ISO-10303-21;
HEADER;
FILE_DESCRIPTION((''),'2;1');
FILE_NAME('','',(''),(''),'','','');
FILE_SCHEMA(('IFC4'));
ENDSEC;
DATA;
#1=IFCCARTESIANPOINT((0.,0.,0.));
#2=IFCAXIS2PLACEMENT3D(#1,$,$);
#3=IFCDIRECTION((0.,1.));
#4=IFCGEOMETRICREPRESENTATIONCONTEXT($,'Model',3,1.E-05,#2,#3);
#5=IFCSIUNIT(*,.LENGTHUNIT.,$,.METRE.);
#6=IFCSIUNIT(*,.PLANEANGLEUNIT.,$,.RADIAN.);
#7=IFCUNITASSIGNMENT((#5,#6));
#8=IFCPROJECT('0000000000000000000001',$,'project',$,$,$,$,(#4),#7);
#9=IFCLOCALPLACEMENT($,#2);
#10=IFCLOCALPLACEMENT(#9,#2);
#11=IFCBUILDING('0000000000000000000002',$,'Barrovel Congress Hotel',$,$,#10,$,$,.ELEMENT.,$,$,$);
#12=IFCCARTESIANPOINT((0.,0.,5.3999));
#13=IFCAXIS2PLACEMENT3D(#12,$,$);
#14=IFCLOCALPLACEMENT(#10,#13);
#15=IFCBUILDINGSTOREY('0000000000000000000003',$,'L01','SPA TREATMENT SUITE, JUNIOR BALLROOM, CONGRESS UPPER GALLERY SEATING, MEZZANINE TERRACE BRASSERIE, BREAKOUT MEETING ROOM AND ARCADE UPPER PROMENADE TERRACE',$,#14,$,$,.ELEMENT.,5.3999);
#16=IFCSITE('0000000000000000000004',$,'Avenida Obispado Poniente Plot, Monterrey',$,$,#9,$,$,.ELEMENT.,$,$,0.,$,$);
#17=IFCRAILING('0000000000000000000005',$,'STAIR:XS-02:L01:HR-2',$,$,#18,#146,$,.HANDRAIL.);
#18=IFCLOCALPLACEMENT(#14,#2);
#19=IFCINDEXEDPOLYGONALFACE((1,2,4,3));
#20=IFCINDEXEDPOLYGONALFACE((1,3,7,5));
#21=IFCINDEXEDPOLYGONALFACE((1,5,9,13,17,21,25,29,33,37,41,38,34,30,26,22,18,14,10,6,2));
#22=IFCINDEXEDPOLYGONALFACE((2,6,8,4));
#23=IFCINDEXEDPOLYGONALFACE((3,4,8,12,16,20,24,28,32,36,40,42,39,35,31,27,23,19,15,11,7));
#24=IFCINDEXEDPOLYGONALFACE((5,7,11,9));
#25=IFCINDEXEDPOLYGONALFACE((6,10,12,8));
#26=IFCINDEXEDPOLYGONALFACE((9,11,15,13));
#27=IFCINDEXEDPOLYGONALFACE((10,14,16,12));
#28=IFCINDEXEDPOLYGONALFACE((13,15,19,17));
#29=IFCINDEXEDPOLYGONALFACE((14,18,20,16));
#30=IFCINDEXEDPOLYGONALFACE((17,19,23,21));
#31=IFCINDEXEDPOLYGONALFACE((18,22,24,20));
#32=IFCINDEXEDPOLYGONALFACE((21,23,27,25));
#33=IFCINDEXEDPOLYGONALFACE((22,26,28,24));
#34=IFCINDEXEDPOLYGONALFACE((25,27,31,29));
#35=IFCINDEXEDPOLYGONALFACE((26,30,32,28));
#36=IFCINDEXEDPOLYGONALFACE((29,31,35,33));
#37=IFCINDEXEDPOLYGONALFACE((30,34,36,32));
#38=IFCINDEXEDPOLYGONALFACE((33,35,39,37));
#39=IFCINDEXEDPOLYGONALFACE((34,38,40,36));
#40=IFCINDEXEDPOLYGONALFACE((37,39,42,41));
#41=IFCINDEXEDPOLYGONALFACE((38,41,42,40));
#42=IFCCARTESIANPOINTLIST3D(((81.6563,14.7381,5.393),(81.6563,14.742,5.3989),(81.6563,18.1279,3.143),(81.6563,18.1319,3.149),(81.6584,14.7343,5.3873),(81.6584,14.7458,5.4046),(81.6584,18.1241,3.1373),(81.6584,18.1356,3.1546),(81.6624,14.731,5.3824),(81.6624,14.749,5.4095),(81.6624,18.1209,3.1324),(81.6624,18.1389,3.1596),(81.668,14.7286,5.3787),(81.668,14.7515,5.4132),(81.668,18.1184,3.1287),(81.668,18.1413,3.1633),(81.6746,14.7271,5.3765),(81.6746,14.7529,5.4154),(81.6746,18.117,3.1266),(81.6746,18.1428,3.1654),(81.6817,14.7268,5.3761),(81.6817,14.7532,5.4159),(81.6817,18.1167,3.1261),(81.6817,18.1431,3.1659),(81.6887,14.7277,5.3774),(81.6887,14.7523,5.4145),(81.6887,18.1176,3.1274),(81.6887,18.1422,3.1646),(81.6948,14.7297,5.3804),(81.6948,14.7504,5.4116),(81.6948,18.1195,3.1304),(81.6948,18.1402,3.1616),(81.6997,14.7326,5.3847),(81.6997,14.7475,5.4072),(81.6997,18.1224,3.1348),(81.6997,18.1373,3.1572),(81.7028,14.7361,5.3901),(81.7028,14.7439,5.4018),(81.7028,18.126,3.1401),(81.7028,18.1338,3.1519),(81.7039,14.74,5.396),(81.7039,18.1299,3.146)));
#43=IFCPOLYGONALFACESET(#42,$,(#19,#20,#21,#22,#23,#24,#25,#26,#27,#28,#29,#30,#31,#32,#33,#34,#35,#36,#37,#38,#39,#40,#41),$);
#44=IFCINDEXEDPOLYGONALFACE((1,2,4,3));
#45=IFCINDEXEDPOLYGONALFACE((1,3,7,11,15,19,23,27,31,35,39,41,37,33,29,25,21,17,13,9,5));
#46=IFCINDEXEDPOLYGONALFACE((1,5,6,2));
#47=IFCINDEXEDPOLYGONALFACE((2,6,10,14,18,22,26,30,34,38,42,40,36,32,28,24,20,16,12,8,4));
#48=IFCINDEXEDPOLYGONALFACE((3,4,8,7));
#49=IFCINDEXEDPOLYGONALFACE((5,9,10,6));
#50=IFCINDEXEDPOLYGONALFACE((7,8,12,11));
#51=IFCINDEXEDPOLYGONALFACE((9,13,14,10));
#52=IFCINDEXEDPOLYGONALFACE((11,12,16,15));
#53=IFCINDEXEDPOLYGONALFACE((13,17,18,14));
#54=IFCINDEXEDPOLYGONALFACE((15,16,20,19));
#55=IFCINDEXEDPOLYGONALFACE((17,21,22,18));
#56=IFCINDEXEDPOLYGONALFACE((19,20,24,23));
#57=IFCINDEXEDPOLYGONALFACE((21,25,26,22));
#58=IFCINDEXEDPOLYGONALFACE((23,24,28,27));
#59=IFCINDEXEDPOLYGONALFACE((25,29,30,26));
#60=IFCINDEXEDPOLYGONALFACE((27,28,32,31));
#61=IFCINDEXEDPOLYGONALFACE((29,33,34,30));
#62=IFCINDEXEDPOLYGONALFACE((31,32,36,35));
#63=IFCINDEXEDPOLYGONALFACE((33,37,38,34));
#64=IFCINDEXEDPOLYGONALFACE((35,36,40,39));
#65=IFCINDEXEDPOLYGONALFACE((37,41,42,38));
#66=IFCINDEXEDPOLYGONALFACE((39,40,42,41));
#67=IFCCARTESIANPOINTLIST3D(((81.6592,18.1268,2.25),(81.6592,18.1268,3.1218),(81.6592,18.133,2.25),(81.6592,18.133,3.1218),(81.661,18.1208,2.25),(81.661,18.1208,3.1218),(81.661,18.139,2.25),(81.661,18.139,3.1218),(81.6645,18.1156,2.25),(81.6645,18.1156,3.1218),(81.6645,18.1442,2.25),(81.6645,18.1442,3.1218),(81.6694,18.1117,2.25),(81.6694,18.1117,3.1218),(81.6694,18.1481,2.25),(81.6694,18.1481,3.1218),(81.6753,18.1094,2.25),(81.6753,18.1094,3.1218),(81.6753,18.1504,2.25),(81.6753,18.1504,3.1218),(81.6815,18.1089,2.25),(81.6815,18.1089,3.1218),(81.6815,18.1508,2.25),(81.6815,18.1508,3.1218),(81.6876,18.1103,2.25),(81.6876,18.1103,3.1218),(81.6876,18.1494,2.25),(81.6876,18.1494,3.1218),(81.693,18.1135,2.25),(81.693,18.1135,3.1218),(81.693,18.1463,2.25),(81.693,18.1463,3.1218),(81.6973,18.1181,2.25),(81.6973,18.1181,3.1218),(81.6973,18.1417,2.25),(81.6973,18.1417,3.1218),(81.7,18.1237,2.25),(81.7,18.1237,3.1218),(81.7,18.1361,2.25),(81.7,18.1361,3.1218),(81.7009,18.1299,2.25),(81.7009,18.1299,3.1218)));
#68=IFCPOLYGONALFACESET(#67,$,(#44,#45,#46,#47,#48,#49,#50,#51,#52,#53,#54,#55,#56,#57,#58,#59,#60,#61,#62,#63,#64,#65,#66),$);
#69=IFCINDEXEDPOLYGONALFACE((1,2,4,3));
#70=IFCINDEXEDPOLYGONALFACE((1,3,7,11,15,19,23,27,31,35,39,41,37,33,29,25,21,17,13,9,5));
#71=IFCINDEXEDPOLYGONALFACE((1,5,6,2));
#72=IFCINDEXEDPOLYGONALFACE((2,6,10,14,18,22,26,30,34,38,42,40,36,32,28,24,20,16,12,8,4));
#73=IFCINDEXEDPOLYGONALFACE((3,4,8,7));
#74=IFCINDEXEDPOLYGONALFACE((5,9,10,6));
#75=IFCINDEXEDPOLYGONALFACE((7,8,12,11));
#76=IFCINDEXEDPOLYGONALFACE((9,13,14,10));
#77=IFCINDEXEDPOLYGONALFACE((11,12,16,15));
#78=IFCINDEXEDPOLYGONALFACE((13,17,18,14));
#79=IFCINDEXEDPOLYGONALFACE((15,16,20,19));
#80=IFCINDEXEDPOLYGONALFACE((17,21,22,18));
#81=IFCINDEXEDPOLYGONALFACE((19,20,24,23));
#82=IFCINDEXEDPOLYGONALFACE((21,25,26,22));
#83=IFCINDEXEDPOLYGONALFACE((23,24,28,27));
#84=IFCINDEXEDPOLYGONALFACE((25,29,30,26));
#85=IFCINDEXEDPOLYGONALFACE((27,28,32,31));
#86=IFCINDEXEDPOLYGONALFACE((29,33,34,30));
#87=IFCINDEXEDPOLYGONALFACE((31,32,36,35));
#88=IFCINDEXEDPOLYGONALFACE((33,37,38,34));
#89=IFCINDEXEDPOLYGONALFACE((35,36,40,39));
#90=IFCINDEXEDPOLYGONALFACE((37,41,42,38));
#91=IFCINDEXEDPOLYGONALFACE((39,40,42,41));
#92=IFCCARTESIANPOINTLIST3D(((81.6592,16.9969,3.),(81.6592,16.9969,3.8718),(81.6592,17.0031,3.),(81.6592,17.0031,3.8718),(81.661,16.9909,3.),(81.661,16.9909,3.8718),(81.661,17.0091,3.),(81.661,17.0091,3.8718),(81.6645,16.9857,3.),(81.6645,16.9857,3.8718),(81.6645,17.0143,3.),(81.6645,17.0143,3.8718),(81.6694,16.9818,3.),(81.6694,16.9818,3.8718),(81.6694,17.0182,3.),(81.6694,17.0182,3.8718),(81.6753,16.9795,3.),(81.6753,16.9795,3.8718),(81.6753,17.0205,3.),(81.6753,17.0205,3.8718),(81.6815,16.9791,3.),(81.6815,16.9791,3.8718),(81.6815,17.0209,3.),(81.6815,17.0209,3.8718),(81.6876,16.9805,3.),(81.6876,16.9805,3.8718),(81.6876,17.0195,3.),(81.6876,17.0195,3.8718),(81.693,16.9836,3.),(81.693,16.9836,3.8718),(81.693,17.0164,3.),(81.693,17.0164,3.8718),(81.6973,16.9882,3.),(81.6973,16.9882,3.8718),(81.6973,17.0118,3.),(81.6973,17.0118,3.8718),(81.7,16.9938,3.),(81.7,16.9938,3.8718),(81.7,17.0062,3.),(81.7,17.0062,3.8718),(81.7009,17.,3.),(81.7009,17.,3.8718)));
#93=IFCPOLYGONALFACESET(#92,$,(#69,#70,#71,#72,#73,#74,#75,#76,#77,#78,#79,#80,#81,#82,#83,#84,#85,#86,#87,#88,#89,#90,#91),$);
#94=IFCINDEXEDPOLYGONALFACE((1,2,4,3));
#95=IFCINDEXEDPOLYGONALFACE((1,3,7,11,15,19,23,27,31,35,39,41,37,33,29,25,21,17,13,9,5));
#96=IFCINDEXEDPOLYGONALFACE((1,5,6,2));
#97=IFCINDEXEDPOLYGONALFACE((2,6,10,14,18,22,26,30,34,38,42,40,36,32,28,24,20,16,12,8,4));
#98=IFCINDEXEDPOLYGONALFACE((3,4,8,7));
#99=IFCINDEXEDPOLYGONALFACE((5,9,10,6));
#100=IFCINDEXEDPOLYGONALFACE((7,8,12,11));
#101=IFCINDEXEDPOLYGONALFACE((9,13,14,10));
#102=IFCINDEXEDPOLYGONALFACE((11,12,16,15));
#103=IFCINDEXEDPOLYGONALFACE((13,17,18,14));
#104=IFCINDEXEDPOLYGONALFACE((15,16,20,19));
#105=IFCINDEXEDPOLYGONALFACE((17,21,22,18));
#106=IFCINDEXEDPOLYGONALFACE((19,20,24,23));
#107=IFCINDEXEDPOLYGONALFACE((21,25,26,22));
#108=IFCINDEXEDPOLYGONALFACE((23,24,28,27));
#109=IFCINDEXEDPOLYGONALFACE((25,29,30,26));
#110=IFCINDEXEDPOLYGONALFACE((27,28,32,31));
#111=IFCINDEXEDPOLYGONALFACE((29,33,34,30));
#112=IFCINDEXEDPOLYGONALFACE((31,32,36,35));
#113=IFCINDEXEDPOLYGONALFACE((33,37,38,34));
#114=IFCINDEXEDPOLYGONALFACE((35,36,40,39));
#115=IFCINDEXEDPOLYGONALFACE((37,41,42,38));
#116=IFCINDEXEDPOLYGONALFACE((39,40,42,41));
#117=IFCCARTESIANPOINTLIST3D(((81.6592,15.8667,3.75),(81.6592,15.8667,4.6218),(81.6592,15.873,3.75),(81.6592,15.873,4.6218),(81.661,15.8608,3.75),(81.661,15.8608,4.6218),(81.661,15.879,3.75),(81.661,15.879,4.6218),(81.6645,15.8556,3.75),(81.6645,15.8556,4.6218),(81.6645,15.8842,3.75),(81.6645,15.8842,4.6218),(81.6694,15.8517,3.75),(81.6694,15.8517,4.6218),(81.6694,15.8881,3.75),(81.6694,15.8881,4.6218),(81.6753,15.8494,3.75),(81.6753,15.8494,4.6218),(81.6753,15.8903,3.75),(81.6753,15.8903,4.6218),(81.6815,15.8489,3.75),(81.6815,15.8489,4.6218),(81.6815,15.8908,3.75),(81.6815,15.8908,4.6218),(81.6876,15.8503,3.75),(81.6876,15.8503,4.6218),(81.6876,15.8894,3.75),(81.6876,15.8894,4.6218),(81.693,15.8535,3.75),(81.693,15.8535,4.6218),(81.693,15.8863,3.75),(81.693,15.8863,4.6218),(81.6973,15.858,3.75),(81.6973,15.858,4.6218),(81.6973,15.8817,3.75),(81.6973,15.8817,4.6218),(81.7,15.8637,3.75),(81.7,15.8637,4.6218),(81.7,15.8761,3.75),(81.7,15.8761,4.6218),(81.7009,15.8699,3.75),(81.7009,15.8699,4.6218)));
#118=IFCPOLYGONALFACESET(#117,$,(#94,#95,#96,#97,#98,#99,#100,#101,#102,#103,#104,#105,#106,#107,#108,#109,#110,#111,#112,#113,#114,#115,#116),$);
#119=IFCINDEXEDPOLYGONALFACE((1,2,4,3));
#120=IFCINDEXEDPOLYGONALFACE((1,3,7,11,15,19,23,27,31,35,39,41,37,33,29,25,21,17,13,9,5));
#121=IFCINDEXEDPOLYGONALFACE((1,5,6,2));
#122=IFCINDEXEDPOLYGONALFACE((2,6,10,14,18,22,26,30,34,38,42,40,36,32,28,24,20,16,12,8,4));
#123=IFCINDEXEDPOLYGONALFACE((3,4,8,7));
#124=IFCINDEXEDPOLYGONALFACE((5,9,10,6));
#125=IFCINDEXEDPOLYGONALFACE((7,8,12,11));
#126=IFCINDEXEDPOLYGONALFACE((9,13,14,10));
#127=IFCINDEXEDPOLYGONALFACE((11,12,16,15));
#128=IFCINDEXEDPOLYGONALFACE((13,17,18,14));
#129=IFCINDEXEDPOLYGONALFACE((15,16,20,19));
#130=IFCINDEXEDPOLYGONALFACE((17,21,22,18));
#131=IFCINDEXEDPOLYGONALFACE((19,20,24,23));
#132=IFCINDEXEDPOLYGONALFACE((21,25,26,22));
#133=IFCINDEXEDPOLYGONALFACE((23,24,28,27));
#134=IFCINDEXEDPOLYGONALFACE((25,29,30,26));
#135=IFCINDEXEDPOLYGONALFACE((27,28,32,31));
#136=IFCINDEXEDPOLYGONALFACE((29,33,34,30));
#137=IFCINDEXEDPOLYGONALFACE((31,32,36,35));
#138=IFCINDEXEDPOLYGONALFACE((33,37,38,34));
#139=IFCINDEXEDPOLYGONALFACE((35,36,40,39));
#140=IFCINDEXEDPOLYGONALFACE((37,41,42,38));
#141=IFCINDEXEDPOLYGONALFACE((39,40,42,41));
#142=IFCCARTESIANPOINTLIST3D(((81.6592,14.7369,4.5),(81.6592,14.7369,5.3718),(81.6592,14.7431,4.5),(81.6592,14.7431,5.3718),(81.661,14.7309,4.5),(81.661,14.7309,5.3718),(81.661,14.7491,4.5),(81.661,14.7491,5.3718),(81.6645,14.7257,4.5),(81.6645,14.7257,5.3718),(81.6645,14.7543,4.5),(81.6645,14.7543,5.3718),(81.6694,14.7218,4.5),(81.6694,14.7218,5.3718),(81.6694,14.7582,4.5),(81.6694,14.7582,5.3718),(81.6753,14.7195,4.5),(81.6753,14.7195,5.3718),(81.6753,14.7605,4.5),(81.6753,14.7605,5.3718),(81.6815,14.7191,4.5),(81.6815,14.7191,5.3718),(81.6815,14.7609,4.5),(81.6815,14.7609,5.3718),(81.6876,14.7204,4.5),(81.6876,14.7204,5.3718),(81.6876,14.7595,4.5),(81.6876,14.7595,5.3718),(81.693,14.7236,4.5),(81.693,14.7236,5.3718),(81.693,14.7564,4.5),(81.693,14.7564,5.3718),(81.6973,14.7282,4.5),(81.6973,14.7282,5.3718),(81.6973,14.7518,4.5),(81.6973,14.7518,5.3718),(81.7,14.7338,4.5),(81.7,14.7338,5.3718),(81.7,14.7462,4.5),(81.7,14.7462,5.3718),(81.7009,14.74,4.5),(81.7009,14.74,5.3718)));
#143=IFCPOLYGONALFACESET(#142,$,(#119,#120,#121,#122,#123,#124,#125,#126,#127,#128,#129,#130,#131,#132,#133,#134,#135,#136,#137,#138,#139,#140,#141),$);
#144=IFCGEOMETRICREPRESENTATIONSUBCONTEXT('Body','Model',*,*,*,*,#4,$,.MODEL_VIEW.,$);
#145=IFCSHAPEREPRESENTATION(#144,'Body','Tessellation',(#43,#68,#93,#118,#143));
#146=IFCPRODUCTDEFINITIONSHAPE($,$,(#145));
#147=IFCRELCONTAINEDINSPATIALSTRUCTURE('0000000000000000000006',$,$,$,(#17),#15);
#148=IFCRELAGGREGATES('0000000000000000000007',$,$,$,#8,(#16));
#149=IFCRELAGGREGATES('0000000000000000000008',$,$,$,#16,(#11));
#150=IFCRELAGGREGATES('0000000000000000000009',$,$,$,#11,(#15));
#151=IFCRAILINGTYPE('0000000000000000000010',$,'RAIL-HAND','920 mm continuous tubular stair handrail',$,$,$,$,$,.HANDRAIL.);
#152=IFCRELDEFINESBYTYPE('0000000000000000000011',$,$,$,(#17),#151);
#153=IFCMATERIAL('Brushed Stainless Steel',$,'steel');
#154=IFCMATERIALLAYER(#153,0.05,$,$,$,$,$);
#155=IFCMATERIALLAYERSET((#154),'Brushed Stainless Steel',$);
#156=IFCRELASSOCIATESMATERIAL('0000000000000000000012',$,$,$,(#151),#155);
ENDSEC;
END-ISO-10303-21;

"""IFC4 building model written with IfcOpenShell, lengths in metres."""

from ifc_helpers import new_model, si_unit, direction, frame, origin, origin_2d, place, context, subcontext, project, spatial, circle, extrude, material, layer, layer_set, type_object, element, save


model = new_model("IFC4")

# Units and contexts
model_context = context("Model", 3, precision=1e-05, world=origin(), true_north=direction((0.0, 1.0)))
body_context = subcontext(model_context, "Body", "Model", "MODEL_VIEW")
ifc_project = project(units=[si_unit("LENGTHUNIT", "METRE"), si_unit("PLANEANGLEUNIT", "RADIAN")], contexts=[model_context])

# Site, building, storey
site_placement = place(None, origin())
site = spatial("IfcSite", under=ifc_project, at=site_placement, Name="Avenida Obispado Poniente Plot, Monterrey", CompositionType="ELEMENT", RefElevation=0.0)
building_placement = place(site_placement, origin())
building = spatial("IfcBuilding", under=site, at=building_placement, Name="Barrovel Congress Hotel", CompositionType="ELEMENT")
storey_placement = place(building_placement, frame((0.0, 0.0, 5.3999)))
storey = spatial("IfcBuildingStorey", under=building, at=storey_placement, Name="L01", Description="SPA TREATMENT SUITE, JUNIOR BALLROOM, CONGRESS UPPER GALLERY SEATING, MEZZANINE TERRACE BRASSERIE, BREAKOUT MEETING ROOM AND ARCADE UPPER PROMENADE TERRACE", CompositionType="ELEMENT", Elevation=5.3999)

# Shared definitions
ifc_material_1 = material(Name="Brushed Stainless Steel", Category="steel")

# Railing
ifc_layer_1 = layer(ifc_material_1, 0.05)
ifc_layer_set_1 = layer_set([ifc_layer_1], Name="Brushed Stainless Steel")
railing_type_1 = type_object("IfcRailingType", Name="RAIL-HAND", Description="920 mm continuous tubular stair handrail", PredefinedType="HANDRAIL", material=ifc_layer_set_1)
railing_1_placement = place(storey_placement, frame((81.6799, 18.1299, 2.25)))
element("IfcRailing", 1, at=railing_1_placement, inside=storey, type_object=railing_type_1, Name="STAIR:XS-02:L01:HR-2", PredefinedType="HANDRAIL", context=body_context, shape_type="SweptSolid", body=[
    extrude(circle(Radius=0.0239, at=origin_2d()), frame((0.0, 0.0, 0.896), z_axis=(0.0, -0.833175, 0.55301), x_axis=(1.0, 0.0, 0.0)), (0.0, 0.0, 1.0), 4.0686),
    extrude(circle(Radius=0.021, at=origin_2d()), origin(), (0.0, 0.0, 1.0), 0.8718),
    extrude(circle(Radius=0.021, at=origin_2d()), frame((0.0, -1.1299, 0.75)), (0.0, 0.0, 1.0), 0.8718),
    extrude(circle(Radius=0.021, at=origin_2d()), frame((0.0, -2.26, 1.5)), (0.0, 0.0, 1.0), 0.8718),
    extrude(circle(Radius=0.021, at=origin_2d()), frame((0.0, -3.3899, 2.25)), (0.0, 0.0, 1.0), 0.8718),
])

save(model, "model.ifc")
